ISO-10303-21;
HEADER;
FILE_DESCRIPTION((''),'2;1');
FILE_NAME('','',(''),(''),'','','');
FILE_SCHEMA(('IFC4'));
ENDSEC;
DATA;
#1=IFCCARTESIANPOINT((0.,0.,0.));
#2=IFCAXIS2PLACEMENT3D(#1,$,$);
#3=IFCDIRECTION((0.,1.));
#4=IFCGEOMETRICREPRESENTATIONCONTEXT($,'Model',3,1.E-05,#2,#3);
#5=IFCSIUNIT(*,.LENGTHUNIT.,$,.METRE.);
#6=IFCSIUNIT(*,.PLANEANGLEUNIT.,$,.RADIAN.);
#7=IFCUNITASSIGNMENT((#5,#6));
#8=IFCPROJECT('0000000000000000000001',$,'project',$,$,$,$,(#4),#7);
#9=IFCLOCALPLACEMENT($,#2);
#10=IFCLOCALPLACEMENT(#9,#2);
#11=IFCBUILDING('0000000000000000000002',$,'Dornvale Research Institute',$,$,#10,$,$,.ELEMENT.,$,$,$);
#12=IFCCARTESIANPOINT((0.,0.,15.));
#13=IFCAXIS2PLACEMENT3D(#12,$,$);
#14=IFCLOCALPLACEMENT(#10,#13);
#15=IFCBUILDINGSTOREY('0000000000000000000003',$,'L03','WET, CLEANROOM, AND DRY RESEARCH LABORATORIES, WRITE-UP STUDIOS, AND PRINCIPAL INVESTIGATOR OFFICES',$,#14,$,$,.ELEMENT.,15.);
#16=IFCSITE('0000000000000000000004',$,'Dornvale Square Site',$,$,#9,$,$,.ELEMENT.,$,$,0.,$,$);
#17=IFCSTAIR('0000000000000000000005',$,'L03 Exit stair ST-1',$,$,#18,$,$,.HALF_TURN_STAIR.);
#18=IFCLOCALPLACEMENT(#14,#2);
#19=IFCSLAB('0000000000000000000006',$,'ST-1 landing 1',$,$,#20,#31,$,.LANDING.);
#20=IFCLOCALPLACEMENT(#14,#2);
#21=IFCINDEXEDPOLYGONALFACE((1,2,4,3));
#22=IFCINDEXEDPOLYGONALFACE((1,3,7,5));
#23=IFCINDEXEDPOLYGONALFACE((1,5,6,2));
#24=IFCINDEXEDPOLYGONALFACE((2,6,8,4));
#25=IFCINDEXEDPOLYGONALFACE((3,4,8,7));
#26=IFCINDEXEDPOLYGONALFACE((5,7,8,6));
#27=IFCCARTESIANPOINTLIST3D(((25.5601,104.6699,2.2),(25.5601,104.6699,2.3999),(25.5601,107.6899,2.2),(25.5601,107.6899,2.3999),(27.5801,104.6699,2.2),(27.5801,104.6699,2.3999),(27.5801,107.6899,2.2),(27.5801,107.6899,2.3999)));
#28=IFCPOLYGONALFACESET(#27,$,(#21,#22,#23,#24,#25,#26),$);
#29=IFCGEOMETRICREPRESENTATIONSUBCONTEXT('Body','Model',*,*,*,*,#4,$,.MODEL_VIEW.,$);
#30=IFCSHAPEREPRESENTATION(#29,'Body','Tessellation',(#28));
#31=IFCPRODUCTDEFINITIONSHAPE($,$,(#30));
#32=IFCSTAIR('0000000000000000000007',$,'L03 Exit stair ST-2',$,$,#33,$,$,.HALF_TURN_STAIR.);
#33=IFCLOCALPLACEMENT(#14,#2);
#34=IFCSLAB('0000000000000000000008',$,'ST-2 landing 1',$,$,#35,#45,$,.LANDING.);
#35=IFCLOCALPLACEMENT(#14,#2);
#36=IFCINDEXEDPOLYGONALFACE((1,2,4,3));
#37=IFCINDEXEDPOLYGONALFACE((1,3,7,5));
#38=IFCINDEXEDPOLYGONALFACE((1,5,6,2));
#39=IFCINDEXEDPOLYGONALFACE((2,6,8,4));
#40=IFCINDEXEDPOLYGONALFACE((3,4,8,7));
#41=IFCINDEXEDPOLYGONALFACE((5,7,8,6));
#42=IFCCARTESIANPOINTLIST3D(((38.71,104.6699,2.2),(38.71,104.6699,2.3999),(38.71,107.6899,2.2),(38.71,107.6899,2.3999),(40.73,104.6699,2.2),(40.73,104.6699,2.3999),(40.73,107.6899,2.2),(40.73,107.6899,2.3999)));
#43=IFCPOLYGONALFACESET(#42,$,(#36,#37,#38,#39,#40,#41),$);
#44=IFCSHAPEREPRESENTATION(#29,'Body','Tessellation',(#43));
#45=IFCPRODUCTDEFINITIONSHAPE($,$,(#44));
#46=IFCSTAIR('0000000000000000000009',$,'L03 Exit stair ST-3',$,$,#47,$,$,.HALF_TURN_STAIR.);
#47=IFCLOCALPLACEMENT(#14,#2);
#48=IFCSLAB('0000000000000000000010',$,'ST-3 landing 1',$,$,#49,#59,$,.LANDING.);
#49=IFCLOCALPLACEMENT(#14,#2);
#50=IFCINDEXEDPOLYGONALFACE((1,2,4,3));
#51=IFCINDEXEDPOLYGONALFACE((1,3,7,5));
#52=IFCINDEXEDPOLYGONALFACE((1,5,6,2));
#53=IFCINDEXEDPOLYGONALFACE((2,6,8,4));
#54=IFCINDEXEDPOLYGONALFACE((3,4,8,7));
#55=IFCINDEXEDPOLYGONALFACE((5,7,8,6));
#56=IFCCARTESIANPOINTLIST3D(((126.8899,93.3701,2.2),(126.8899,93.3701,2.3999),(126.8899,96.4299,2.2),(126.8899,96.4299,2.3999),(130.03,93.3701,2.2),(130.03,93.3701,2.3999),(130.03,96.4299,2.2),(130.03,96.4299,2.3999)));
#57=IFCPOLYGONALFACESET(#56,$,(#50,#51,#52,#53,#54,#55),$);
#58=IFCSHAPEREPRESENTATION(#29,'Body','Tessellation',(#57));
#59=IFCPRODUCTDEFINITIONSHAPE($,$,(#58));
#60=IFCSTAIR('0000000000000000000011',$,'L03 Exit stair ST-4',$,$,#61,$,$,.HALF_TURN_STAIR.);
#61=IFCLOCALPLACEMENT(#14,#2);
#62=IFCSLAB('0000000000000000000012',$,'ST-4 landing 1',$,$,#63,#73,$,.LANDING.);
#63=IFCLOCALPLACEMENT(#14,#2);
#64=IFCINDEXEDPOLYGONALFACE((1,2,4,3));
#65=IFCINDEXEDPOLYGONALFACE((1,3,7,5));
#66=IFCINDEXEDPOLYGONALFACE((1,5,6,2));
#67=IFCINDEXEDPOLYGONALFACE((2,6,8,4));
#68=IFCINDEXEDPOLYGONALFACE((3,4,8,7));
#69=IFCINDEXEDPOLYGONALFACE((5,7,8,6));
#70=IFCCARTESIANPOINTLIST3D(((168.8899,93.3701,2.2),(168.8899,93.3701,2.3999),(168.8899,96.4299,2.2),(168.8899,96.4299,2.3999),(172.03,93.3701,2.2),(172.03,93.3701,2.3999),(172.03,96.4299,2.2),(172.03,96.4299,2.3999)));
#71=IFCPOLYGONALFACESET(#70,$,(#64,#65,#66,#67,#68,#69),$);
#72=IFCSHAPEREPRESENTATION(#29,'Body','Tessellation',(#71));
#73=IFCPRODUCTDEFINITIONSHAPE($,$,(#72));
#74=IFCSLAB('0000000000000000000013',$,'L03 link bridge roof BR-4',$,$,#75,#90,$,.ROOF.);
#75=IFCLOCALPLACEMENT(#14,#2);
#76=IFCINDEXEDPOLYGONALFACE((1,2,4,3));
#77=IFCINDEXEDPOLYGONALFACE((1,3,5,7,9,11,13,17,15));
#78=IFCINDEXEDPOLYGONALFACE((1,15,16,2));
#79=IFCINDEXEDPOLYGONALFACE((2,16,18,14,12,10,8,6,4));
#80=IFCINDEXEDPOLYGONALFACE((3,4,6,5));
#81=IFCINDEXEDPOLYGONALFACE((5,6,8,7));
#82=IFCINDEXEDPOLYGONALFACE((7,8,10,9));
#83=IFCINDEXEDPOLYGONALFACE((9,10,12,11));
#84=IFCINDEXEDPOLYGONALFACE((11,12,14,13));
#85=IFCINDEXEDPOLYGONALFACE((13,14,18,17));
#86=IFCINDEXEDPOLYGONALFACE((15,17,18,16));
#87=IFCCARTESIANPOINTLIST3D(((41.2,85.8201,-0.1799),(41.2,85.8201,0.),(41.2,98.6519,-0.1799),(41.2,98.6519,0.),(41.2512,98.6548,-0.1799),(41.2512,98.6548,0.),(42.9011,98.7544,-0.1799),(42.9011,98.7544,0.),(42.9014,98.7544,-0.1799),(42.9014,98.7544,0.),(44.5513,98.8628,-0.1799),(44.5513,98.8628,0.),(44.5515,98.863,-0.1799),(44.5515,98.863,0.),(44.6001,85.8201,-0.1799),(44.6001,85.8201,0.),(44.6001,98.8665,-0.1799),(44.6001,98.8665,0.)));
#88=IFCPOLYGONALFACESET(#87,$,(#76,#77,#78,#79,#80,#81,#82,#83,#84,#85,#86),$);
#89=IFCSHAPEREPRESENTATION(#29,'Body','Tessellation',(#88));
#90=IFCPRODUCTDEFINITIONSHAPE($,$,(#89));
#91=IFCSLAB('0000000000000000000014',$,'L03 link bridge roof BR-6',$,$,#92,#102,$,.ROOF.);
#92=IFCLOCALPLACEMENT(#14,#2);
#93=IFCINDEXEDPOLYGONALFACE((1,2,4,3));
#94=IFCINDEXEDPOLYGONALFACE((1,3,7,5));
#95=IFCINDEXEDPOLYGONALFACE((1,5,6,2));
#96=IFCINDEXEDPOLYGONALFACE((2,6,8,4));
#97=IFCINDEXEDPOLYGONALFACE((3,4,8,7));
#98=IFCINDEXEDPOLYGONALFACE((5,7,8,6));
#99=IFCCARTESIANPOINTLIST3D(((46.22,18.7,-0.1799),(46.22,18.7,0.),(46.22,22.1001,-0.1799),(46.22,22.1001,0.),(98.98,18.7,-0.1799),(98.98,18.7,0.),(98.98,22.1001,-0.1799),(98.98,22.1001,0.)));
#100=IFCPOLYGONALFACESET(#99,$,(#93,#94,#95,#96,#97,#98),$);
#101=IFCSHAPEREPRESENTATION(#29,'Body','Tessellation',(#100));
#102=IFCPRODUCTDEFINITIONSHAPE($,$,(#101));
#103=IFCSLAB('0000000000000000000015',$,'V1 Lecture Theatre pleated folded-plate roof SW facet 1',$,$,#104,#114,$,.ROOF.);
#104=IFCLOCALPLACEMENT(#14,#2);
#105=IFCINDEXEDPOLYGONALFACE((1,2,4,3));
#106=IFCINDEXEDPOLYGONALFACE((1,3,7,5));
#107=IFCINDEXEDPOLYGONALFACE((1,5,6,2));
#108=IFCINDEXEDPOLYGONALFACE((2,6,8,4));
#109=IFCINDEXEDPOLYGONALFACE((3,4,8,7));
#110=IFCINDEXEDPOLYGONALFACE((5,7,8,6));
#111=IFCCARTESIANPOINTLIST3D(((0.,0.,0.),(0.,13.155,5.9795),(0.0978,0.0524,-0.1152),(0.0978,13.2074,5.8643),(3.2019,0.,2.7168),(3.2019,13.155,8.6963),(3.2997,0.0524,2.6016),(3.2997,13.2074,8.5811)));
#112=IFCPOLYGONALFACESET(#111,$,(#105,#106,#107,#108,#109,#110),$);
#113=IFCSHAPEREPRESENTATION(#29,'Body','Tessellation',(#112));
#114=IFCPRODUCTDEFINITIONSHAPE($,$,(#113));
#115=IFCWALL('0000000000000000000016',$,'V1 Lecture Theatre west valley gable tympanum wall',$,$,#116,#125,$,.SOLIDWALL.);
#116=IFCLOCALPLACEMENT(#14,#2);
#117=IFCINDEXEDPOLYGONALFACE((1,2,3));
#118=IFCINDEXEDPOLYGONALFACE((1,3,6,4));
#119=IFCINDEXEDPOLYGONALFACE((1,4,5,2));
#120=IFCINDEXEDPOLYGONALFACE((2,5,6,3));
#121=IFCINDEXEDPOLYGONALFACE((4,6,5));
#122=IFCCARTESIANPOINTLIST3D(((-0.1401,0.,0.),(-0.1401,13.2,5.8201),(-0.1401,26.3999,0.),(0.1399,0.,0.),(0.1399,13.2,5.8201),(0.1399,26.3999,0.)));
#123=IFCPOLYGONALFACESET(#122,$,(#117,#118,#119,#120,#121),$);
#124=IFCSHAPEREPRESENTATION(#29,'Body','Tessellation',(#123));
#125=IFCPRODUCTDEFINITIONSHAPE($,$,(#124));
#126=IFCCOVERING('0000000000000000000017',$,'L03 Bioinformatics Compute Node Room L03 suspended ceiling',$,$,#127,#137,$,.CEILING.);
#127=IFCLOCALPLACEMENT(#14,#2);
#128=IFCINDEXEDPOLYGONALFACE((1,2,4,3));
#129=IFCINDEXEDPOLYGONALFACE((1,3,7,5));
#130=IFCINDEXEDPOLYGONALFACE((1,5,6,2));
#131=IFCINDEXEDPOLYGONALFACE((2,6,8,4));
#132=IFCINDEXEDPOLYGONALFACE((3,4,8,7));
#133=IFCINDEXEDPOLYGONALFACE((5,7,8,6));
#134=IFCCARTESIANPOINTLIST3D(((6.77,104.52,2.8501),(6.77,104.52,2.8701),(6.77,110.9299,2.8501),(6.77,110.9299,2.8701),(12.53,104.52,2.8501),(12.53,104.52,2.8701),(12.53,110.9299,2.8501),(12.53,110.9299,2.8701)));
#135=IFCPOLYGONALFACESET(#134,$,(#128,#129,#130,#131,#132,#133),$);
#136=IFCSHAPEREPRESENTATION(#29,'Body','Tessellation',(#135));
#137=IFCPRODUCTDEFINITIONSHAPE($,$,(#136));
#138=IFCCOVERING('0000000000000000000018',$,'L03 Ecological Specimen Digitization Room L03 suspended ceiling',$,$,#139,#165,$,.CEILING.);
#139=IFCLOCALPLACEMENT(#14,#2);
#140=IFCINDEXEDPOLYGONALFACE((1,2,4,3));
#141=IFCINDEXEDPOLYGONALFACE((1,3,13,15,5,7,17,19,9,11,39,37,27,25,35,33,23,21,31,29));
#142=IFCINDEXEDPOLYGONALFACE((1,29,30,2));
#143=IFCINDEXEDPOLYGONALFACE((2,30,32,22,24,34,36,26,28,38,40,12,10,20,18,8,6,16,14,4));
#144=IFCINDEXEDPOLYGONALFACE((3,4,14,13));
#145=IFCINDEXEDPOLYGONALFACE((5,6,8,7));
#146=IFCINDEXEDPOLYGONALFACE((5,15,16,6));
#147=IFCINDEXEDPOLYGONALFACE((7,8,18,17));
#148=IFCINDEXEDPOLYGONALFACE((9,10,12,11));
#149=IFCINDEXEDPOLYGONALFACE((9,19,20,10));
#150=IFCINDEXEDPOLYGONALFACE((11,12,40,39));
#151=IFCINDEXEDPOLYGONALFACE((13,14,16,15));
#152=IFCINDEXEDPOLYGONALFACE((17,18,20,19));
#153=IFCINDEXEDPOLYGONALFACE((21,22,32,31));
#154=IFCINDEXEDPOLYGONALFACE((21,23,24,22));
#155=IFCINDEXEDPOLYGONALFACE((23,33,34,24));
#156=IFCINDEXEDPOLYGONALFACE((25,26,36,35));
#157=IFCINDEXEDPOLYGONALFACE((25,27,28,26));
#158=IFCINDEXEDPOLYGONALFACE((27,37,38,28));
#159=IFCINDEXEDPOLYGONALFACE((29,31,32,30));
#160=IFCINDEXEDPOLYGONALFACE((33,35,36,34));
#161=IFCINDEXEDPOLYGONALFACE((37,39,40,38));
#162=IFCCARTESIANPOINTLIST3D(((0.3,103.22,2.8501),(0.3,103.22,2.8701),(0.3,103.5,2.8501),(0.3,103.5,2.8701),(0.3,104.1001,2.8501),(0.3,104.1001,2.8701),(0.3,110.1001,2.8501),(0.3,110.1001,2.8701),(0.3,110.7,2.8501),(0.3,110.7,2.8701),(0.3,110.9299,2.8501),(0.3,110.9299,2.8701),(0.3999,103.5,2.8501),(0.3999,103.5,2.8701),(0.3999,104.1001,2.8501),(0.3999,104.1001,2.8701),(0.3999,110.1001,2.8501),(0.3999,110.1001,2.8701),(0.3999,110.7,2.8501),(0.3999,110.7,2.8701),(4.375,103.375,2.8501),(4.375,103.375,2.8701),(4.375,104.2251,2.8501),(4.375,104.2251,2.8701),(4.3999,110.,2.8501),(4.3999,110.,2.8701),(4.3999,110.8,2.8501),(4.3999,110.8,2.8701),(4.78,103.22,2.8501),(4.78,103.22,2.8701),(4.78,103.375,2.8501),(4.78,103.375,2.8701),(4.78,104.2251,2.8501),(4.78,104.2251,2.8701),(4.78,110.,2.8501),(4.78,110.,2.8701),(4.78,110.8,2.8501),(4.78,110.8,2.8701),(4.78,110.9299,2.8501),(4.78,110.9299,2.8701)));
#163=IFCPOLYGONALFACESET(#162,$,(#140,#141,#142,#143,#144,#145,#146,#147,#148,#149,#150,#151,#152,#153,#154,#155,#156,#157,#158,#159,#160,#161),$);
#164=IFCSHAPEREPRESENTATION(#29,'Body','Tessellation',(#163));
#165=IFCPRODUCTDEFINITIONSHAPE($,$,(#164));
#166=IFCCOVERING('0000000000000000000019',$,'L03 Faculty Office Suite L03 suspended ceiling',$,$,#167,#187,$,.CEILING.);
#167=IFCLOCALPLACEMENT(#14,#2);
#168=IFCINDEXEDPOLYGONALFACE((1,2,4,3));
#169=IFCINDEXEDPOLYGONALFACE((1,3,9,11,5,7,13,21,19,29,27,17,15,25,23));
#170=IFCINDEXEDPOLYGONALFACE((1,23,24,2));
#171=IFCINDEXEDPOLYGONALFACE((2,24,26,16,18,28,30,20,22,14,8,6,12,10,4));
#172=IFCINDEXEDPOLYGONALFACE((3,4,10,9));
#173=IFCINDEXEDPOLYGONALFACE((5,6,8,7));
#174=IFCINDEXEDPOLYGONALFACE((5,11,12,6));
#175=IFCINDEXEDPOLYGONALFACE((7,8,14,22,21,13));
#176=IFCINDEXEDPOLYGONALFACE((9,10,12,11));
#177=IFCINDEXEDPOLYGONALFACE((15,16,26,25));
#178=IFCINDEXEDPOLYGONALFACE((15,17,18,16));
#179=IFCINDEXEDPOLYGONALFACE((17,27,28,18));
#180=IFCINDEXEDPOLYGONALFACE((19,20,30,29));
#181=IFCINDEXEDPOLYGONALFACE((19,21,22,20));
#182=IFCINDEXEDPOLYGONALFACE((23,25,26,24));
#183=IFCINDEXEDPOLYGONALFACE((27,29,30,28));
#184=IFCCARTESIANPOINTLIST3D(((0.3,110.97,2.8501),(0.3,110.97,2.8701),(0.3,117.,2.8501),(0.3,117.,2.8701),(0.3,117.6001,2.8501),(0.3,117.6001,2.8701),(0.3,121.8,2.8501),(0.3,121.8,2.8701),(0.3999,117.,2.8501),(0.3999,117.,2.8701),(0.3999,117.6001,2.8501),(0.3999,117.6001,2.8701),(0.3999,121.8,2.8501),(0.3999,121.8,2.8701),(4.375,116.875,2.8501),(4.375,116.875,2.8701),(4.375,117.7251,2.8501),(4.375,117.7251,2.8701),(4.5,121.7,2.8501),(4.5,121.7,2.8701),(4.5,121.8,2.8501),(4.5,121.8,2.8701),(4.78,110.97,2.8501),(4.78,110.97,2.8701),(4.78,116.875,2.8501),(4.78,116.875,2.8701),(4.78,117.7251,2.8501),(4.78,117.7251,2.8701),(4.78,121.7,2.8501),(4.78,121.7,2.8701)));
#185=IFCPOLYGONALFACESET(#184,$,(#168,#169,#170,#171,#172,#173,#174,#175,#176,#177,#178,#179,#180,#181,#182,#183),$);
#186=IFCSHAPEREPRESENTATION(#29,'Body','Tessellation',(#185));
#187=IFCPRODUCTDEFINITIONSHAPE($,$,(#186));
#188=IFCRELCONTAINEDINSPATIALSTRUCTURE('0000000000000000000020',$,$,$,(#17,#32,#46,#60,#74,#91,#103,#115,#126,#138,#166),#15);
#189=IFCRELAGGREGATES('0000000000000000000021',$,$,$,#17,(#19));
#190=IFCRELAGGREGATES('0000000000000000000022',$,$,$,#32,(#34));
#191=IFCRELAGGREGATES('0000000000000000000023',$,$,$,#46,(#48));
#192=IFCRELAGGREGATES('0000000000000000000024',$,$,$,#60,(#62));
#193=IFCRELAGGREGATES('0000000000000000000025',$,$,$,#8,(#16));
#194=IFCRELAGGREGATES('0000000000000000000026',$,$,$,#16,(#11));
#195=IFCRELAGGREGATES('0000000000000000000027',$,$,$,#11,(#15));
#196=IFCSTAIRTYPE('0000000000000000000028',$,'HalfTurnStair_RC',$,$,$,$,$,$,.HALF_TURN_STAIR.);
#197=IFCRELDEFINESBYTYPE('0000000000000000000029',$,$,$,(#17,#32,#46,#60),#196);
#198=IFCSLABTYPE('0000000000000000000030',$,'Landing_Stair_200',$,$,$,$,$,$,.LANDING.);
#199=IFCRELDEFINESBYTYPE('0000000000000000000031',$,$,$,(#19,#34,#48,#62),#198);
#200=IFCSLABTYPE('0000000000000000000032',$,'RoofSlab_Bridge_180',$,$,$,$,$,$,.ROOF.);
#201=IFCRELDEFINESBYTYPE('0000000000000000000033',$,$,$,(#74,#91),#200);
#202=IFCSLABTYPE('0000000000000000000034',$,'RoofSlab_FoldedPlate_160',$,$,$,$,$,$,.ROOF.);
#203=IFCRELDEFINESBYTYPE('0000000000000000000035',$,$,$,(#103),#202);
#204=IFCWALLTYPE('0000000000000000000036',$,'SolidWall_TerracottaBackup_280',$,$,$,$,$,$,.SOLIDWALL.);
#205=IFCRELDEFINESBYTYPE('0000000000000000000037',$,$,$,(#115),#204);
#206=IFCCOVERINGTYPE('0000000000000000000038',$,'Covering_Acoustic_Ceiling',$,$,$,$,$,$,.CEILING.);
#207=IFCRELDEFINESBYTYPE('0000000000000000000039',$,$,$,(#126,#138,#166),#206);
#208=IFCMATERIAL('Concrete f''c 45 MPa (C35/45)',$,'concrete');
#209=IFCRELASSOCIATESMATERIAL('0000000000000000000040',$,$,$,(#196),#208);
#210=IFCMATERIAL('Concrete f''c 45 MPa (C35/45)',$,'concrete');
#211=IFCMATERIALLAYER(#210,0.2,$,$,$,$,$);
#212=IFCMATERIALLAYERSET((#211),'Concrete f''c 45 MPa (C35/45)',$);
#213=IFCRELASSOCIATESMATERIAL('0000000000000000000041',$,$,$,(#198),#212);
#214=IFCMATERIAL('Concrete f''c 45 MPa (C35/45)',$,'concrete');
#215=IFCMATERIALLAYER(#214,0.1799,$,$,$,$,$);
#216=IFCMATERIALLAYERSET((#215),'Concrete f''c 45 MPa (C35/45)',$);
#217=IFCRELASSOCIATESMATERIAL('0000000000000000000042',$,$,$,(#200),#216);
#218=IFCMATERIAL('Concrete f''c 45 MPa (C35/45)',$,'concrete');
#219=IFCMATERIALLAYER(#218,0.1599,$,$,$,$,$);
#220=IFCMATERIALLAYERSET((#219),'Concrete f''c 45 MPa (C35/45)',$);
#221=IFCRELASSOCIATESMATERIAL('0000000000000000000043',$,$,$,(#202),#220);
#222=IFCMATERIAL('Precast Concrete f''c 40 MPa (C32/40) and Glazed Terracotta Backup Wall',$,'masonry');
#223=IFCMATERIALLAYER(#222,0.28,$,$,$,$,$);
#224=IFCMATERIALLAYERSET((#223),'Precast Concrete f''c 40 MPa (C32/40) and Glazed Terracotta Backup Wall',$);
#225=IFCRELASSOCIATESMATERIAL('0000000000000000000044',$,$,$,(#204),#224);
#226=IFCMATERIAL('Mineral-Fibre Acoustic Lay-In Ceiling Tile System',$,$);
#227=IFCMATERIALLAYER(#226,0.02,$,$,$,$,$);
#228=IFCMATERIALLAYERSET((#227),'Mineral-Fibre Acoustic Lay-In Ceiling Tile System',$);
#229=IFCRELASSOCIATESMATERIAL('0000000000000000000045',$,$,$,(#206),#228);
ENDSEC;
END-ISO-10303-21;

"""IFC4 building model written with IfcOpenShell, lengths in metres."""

from ifc_helpers import new_model, si_unit, direction, frame, origin, place, context, subcontext, project, spatial, polyline, outline, extrude, material, layer, layer_set, type_object, element, aggregate, save


model = new_model("IFC4")

# Units and contexts
model_context = context("Model", 3, precision=1e-05, world=origin(), true_north=direction((0.0, 1.0)))
body_context = subcontext(model_context, "Body", "Model", "MODEL_VIEW")
ifc_project = project(units=[si_unit("LENGTHUNIT", "METRE"), si_unit("PLANEANGLEUNIT", "RADIAN")], contexts=[model_context])

# Site, building, storey
site_placement = place(None, origin())
site = spatial("IfcSite", under=ifc_project, at=site_placement, Name="Dornvale Square Site", CompositionType="ELEMENT", RefElevation=0.0)
building_placement = place(site_placement, origin())
building = spatial("IfcBuilding", under=site, at=building_placement, Name="Dornvale Research Institute", CompositionType="ELEMENT")
storey_placement = place(building_placement, frame((0.0, 0.0, 15.0)))
storey = spatial("IfcBuildingStorey", under=building, at=storey_placement, Name="L03", Description="WET, CLEANROOM, AND DRY RESEARCH LABORATORIES, WRITE-UP STUDIOS, AND PRINCIPAL INVESTIGATOR OFFICES", CompositionType="ELEMENT", Elevation=15.0)

# Stairs, slabs
ifc_material_1 = material(Name="Concrete f'c 45 MPa (C35/45)", Category="concrete")
stair_type = type_object("IfcStairType", Name="HalfTurnStair_RC", PredefinedType="HALF_TURN_STAIR", material=ifc_material_1)
stair_1_placement = place(storey_placement, origin())
stair_1 = element("IfcStair", 1, at=stair_1_placement, inside=storey, type_object=stair_type, Name="L03 Exit stair ST-1", PredefinedType="HALF_TURN_STAIR")
ifc_material_2 = material(Name="Concrete f'c 45 MPa (C35/45)", Category="concrete")
ifc_layer_1 = layer(ifc_material_2, 0.2)
ifc_layer_set_1 = layer_set([ifc_layer_1], Name="Concrete f'c 45 MPa (C35/45)")
slab_type_1 = type_object("IfcSlabType", Name="Landing_Stair_200", PredefinedType="LANDING", material=ifc_layer_set_1)
slab_1_placement = place(storey_placement, frame((0.0, 0.0, 2.2)))
slab_1 = element("IfcSlab", 2, at=slab_1_placement, type_object=slab_type_1, Name="ST-1 landing 1", PredefinedType="LANDING", context=body_context, shape_type="SweptSolid", body=[
    extrude(outline(polyline([(25.5601, 104.6699), (25.5601, 107.6899), (27.5801, 107.6899), (27.5801, 104.6699), (25.5601, 104.6699)])), origin(), (0.0, 0.0, 1.0), 0.2),
])
aggregate(stair_1, [slab_1])
stair_2_placement = place(storey_placement, origin())
stair_2 = element("IfcStair", 3, at=stair_2_placement, inside=storey, type_object=stair_type, Name="L03 Exit stair ST-2", PredefinedType="HALF_TURN_STAIR")
slab_2_placement = place(storey_placement, frame((0.0, 0.0, 2.2)))
slab_2 = element("IfcSlab", 4, at=slab_2_placement, type_object=slab_type_1, Name="ST-2 landing 1", PredefinedType="LANDING", context=body_context, shape_type="SweptSolid", body=[
    extrude(outline(polyline([(38.71, 104.6699), (38.71, 107.6899), (40.73, 107.6899), (40.73, 104.6699), (38.71, 104.6699)])), origin(), (0.0, 0.0, 1.0), 0.2),
])
aggregate(stair_2, [slab_2])
stair_3_placement = place(storey_placement, origin())
stair_3 = element("IfcStair", 5, at=stair_3_placement, inside=storey, type_object=stair_type, Name="L03 Exit stair ST-3", PredefinedType="HALF_TURN_STAIR")
slab_3_placement = place(storey_placement, frame((0.0, 0.0, 2.2)))
slab_3 = element("IfcSlab", 6, at=slab_3_placement, type_object=slab_type_1, Name="ST-3 landing 1", PredefinedType="LANDING", context=body_context, shape_type="SweptSolid", body=[
    extrude(outline(polyline([(126.8899, 93.3701), (126.8899, 96.4299), (130.03, 96.4299), (130.03, 93.3701), (126.8899, 93.3701)])), origin(), (0.0, 0.0, 1.0), 0.2),
])
aggregate(stair_3, [slab_3])
stair_4_placement = place(storey_placement, origin())
stair_4 = element("IfcStair", 7, at=stair_4_placement, inside=storey, type_object=stair_type, Name="L03 Exit stair ST-4", PredefinedType="HALF_TURN_STAIR")
slab_4_placement = place(storey_placement, frame((0.0, 0.0, 2.2)))
slab_4 = element("IfcSlab", 8, at=slab_4_placement, type_object=slab_type_1, Name="ST-4 landing 1", PredefinedType="LANDING", context=body_context, shape_type="SweptSolid", body=[
    extrude(outline(polyline([(168.8899, 93.3701), (168.8899, 96.4299), (172.03, 96.4299), (172.03, 93.3701), (168.8899, 93.3701)])), origin(), (0.0, 0.0, 1.0), 0.2),
])
aggregate(stair_4, [slab_4])

# Slabs
ifc_material_3 = material(Name="Concrete f'c 45 MPa (C35/45)", Category="concrete")
ifc_layer_2 = layer(ifc_material_3, 0.1799)
ifc_layer_set_2 = layer_set([ifc_layer_2], Name="Concrete f'c 45 MPa (C35/45)")
slab_type_2 = type_object("IfcSlabType", Name="RoofSlab_Bridge_180", PredefinedType="ROOF", material=ifc_layer_set_2)
slab_5_placement = place(storey_placement, frame((0.0, 0.0, -0.1799)))
element("IfcSlab", 9, at=slab_5_placement, inside=storey, type_object=slab_type_2, Name="L03 link bridge roof BR-4", PredefinedType="ROOF", context=body_context, shape_type="SweptSolid", body=[
    extrude(outline(polyline([(41.2, 85.8201), (41.2, 98.6519), (41.2512, 98.6548), (41.2512, 98.6548), (42.9011, 98.7544), (42.9014, 98.7544), (44.5513, 98.8628), (44.5515, 98.863), (44.6001, 98.8665), (44.6001, 85.8201), (41.2, 85.8201)])), origin(), (0.0, 0.0, 1.0), 0.1799),
])
slab_6_placement = place(storey_placement, frame((0.0, 0.0, -0.1799)))
element("IfcSlab", 10, at=slab_6_placement, inside=storey, type_object=slab_type_2, Name="L03 link bridge roof BR-6", PredefinedType="ROOF", context=body_context, shape_type="SweptSolid", body=[
    extrude(outline(polyline([(46.22, 22.1001), (98.98, 22.1001), (98.98, 18.7), (46.22, 18.7), (46.22, 22.1001)])), origin(), (0.0, 0.0, 1.0), 0.1799),
])
ifc_material_4 = material(Name="Concrete f'c 45 MPa (C35/45)", Category="concrete")
ifc_layer_3 = layer(ifc_material_4, 0.1599)
ifc_layer_set_3 = layer_set([ifc_layer_3], Name="Concrete f'c 45 MPa (C35/45)")
slab_type_3 = type_object("IfcSlabType", Name="RoofSlab_FoldedPlate_160", PredefinedType="ROOF", material=ifc_layer_set_3)
slab_7_placement = place(storey_placement, frame((0.0, 0.0, 0.0), z_axis=(-0.611306, -0.327478, 0.72046), x_axis=(0.762506, 0.0, 0.646982)))
element("IfcSlab", 11, at=slab_7_placement, inside=storey, type_object=slab_type_3, Name="V1 Lecture Theatre pleated folded-plate roof SW facet 1", PredefinedType="ROOF", context=body_context, shape_type="SweptSolid", body=[
    extrude(outline(polyline([(0.0, 0.0), (4.1992, 0.0), (8.0678, 13.9227), (3.8686, 13.9227), (0.0, 0.0)])), origin(), (0.0, 0.0, -1.0), 0.1599),
])

# Wall
ifc_material_5 = material(Name="Precast Concrete f'c 40 MPa (C32/40) and Glazed Terracotta Backup Wall", Category="masonry")
ifc_layer_4 = layer(ifc_material_5, 0.28)
ifc_layer_set_4 = layer_set([ifc_layer_4], Name="Precast Concrete f'c 40 MPa (C32/40) and Glazed Terracotta Backup Wall")
wall_type = type_object("IfcWallType", Name="SolidWall_TerracottaBackup_280", PredefinedType="SOLIDWALL", material=ifc_layer_set_4)
wall_placement = place(storey_placement, frame((0.0, 0.0, 0.0), z_axis=(0.0, 0.0, 1.0), x_axis=(0.0, 1.0, 0.0)))
element("IfcWall", 12, at=wall_placement, inside=storey, type_object=wall_type, Name="V1 Lecture Theatre west valley gable tympanum wall", PredefinedType="SOLIDWALL", context=body_context, shape_type="SweptSolid", body=[
    extrude(outline(polyline([(0.0, 0.0), (26.3999, 0.0), (26.3999, 0.0), (13.2, 5.8201), (0.0, 0.0), (0.0, 0.0)])), frame((0.0, 0.1401, 0.0), z_axis=(0.0, -1.0, 0.0), x_axis=(1.0, 0.0, 0.0)), (0.0, 0.0, 1.0), 0.28),
])

# Coverings
ifc_material_6 = material(Name="Mineral-Fibre Acoustic Lay-In Ceiling Tile System")
ifc_layer_5 = layer(ifc_material_6, 0.02)
ifc_layer_set_5 = layer_set([ifc_layer_5], Name="Mineral-Fibre Acoustic Lay-In Ceiling Tile System")
covering_type_1 = type_object("IfcCoveringType", Name="Covering_Acoustic_Ceiling", PredefinedType="CEILING", material=ifc_layer_set_5)
covering_1_placement = place(storey_placement, frame((0.0, 0.0, 2.8501)))
element("IfcCovering", 13, at=covering_1_placement, inside=storey, type_object=covering_type_1, Name="L03 Bioinformatics Compute Node Room L03 suspended ceiling", PredefinedType="CEILING", context=body_context, shape_type="SweptSolid", body=[
    extrude(outline(polyline([(12.53, 104.52), (6.77, 104.52), (6.77, 110.9299), (12.53, 110.9299), (12.53, 104.52)])), origin(), (0.0, 0.0, 1.0), 0.02),
])
covering_2_placement = place(storey_placement, frame((0.0, 0.0, 2.8501)))
element("IfcCovering", 14, at=covering_2_placement, inside=storey, type_object=covering_type_1, Name="L03 Ecological Specimen Digitization Room L03 suspended ceiling", PredefinedType="CEILING", context=body_context, shape_type="SweptSolid", body=[
    extrude(outline(polyline([(0.3999, 104.1001), (0.3, 104.1001), (0.3, 110.1001), (0.3999, 110.1001), (0.3999, 110.7), (0.3, 110.7), (0.3, 110.9299), (4.78, 110.9299), (4.78, 110.8), (4.3999, 110.8), (4.3999, 110.0), (4.78, 110.0), (4.78, 104.2251), (4.375, 104.2251), (4.375, 103.375), (4.78, 103.375), (4.78, 103.22), (0.3, 103.22), (0.3, 103.5), (0.3999, 103.5), (0.3999, 104.1001)])), origin(), (0.0, 0.0, 1.0), 0.02),
])
covering_3_placement = place(storey_placement, frame((0.0, 0.0, 2.8501)))
element("IfcCovering", 15, at=covering_3_placement, inside=storey, type_object=covering_type_1, Name="L03 Faculty Office Suite L03 suspended ceiling", PredefinedType="CEILING", context=body_context, shape_type="SweptSolid", body=[
    extrude(outline(polyline([(4.78, 121.7), (4.78, 117.7251), (4.375, 117.7251), (4.375, 116.875), (4.78, 116.875), (4.78, 110.97), (0.3, 110.97), (0.3, 117.0), (0.3999, 117.0), (0.3999, 117.6001), (0.3, 117.6001), (0.3, 121.8), (0.3999, 121.8), (4.5, 121.8), (4.5, 121.7), (4.78, 121.7)])), origin(), (0.0, 0.0, 1.0), 0.02),
])

save(model, "model.ifc")
